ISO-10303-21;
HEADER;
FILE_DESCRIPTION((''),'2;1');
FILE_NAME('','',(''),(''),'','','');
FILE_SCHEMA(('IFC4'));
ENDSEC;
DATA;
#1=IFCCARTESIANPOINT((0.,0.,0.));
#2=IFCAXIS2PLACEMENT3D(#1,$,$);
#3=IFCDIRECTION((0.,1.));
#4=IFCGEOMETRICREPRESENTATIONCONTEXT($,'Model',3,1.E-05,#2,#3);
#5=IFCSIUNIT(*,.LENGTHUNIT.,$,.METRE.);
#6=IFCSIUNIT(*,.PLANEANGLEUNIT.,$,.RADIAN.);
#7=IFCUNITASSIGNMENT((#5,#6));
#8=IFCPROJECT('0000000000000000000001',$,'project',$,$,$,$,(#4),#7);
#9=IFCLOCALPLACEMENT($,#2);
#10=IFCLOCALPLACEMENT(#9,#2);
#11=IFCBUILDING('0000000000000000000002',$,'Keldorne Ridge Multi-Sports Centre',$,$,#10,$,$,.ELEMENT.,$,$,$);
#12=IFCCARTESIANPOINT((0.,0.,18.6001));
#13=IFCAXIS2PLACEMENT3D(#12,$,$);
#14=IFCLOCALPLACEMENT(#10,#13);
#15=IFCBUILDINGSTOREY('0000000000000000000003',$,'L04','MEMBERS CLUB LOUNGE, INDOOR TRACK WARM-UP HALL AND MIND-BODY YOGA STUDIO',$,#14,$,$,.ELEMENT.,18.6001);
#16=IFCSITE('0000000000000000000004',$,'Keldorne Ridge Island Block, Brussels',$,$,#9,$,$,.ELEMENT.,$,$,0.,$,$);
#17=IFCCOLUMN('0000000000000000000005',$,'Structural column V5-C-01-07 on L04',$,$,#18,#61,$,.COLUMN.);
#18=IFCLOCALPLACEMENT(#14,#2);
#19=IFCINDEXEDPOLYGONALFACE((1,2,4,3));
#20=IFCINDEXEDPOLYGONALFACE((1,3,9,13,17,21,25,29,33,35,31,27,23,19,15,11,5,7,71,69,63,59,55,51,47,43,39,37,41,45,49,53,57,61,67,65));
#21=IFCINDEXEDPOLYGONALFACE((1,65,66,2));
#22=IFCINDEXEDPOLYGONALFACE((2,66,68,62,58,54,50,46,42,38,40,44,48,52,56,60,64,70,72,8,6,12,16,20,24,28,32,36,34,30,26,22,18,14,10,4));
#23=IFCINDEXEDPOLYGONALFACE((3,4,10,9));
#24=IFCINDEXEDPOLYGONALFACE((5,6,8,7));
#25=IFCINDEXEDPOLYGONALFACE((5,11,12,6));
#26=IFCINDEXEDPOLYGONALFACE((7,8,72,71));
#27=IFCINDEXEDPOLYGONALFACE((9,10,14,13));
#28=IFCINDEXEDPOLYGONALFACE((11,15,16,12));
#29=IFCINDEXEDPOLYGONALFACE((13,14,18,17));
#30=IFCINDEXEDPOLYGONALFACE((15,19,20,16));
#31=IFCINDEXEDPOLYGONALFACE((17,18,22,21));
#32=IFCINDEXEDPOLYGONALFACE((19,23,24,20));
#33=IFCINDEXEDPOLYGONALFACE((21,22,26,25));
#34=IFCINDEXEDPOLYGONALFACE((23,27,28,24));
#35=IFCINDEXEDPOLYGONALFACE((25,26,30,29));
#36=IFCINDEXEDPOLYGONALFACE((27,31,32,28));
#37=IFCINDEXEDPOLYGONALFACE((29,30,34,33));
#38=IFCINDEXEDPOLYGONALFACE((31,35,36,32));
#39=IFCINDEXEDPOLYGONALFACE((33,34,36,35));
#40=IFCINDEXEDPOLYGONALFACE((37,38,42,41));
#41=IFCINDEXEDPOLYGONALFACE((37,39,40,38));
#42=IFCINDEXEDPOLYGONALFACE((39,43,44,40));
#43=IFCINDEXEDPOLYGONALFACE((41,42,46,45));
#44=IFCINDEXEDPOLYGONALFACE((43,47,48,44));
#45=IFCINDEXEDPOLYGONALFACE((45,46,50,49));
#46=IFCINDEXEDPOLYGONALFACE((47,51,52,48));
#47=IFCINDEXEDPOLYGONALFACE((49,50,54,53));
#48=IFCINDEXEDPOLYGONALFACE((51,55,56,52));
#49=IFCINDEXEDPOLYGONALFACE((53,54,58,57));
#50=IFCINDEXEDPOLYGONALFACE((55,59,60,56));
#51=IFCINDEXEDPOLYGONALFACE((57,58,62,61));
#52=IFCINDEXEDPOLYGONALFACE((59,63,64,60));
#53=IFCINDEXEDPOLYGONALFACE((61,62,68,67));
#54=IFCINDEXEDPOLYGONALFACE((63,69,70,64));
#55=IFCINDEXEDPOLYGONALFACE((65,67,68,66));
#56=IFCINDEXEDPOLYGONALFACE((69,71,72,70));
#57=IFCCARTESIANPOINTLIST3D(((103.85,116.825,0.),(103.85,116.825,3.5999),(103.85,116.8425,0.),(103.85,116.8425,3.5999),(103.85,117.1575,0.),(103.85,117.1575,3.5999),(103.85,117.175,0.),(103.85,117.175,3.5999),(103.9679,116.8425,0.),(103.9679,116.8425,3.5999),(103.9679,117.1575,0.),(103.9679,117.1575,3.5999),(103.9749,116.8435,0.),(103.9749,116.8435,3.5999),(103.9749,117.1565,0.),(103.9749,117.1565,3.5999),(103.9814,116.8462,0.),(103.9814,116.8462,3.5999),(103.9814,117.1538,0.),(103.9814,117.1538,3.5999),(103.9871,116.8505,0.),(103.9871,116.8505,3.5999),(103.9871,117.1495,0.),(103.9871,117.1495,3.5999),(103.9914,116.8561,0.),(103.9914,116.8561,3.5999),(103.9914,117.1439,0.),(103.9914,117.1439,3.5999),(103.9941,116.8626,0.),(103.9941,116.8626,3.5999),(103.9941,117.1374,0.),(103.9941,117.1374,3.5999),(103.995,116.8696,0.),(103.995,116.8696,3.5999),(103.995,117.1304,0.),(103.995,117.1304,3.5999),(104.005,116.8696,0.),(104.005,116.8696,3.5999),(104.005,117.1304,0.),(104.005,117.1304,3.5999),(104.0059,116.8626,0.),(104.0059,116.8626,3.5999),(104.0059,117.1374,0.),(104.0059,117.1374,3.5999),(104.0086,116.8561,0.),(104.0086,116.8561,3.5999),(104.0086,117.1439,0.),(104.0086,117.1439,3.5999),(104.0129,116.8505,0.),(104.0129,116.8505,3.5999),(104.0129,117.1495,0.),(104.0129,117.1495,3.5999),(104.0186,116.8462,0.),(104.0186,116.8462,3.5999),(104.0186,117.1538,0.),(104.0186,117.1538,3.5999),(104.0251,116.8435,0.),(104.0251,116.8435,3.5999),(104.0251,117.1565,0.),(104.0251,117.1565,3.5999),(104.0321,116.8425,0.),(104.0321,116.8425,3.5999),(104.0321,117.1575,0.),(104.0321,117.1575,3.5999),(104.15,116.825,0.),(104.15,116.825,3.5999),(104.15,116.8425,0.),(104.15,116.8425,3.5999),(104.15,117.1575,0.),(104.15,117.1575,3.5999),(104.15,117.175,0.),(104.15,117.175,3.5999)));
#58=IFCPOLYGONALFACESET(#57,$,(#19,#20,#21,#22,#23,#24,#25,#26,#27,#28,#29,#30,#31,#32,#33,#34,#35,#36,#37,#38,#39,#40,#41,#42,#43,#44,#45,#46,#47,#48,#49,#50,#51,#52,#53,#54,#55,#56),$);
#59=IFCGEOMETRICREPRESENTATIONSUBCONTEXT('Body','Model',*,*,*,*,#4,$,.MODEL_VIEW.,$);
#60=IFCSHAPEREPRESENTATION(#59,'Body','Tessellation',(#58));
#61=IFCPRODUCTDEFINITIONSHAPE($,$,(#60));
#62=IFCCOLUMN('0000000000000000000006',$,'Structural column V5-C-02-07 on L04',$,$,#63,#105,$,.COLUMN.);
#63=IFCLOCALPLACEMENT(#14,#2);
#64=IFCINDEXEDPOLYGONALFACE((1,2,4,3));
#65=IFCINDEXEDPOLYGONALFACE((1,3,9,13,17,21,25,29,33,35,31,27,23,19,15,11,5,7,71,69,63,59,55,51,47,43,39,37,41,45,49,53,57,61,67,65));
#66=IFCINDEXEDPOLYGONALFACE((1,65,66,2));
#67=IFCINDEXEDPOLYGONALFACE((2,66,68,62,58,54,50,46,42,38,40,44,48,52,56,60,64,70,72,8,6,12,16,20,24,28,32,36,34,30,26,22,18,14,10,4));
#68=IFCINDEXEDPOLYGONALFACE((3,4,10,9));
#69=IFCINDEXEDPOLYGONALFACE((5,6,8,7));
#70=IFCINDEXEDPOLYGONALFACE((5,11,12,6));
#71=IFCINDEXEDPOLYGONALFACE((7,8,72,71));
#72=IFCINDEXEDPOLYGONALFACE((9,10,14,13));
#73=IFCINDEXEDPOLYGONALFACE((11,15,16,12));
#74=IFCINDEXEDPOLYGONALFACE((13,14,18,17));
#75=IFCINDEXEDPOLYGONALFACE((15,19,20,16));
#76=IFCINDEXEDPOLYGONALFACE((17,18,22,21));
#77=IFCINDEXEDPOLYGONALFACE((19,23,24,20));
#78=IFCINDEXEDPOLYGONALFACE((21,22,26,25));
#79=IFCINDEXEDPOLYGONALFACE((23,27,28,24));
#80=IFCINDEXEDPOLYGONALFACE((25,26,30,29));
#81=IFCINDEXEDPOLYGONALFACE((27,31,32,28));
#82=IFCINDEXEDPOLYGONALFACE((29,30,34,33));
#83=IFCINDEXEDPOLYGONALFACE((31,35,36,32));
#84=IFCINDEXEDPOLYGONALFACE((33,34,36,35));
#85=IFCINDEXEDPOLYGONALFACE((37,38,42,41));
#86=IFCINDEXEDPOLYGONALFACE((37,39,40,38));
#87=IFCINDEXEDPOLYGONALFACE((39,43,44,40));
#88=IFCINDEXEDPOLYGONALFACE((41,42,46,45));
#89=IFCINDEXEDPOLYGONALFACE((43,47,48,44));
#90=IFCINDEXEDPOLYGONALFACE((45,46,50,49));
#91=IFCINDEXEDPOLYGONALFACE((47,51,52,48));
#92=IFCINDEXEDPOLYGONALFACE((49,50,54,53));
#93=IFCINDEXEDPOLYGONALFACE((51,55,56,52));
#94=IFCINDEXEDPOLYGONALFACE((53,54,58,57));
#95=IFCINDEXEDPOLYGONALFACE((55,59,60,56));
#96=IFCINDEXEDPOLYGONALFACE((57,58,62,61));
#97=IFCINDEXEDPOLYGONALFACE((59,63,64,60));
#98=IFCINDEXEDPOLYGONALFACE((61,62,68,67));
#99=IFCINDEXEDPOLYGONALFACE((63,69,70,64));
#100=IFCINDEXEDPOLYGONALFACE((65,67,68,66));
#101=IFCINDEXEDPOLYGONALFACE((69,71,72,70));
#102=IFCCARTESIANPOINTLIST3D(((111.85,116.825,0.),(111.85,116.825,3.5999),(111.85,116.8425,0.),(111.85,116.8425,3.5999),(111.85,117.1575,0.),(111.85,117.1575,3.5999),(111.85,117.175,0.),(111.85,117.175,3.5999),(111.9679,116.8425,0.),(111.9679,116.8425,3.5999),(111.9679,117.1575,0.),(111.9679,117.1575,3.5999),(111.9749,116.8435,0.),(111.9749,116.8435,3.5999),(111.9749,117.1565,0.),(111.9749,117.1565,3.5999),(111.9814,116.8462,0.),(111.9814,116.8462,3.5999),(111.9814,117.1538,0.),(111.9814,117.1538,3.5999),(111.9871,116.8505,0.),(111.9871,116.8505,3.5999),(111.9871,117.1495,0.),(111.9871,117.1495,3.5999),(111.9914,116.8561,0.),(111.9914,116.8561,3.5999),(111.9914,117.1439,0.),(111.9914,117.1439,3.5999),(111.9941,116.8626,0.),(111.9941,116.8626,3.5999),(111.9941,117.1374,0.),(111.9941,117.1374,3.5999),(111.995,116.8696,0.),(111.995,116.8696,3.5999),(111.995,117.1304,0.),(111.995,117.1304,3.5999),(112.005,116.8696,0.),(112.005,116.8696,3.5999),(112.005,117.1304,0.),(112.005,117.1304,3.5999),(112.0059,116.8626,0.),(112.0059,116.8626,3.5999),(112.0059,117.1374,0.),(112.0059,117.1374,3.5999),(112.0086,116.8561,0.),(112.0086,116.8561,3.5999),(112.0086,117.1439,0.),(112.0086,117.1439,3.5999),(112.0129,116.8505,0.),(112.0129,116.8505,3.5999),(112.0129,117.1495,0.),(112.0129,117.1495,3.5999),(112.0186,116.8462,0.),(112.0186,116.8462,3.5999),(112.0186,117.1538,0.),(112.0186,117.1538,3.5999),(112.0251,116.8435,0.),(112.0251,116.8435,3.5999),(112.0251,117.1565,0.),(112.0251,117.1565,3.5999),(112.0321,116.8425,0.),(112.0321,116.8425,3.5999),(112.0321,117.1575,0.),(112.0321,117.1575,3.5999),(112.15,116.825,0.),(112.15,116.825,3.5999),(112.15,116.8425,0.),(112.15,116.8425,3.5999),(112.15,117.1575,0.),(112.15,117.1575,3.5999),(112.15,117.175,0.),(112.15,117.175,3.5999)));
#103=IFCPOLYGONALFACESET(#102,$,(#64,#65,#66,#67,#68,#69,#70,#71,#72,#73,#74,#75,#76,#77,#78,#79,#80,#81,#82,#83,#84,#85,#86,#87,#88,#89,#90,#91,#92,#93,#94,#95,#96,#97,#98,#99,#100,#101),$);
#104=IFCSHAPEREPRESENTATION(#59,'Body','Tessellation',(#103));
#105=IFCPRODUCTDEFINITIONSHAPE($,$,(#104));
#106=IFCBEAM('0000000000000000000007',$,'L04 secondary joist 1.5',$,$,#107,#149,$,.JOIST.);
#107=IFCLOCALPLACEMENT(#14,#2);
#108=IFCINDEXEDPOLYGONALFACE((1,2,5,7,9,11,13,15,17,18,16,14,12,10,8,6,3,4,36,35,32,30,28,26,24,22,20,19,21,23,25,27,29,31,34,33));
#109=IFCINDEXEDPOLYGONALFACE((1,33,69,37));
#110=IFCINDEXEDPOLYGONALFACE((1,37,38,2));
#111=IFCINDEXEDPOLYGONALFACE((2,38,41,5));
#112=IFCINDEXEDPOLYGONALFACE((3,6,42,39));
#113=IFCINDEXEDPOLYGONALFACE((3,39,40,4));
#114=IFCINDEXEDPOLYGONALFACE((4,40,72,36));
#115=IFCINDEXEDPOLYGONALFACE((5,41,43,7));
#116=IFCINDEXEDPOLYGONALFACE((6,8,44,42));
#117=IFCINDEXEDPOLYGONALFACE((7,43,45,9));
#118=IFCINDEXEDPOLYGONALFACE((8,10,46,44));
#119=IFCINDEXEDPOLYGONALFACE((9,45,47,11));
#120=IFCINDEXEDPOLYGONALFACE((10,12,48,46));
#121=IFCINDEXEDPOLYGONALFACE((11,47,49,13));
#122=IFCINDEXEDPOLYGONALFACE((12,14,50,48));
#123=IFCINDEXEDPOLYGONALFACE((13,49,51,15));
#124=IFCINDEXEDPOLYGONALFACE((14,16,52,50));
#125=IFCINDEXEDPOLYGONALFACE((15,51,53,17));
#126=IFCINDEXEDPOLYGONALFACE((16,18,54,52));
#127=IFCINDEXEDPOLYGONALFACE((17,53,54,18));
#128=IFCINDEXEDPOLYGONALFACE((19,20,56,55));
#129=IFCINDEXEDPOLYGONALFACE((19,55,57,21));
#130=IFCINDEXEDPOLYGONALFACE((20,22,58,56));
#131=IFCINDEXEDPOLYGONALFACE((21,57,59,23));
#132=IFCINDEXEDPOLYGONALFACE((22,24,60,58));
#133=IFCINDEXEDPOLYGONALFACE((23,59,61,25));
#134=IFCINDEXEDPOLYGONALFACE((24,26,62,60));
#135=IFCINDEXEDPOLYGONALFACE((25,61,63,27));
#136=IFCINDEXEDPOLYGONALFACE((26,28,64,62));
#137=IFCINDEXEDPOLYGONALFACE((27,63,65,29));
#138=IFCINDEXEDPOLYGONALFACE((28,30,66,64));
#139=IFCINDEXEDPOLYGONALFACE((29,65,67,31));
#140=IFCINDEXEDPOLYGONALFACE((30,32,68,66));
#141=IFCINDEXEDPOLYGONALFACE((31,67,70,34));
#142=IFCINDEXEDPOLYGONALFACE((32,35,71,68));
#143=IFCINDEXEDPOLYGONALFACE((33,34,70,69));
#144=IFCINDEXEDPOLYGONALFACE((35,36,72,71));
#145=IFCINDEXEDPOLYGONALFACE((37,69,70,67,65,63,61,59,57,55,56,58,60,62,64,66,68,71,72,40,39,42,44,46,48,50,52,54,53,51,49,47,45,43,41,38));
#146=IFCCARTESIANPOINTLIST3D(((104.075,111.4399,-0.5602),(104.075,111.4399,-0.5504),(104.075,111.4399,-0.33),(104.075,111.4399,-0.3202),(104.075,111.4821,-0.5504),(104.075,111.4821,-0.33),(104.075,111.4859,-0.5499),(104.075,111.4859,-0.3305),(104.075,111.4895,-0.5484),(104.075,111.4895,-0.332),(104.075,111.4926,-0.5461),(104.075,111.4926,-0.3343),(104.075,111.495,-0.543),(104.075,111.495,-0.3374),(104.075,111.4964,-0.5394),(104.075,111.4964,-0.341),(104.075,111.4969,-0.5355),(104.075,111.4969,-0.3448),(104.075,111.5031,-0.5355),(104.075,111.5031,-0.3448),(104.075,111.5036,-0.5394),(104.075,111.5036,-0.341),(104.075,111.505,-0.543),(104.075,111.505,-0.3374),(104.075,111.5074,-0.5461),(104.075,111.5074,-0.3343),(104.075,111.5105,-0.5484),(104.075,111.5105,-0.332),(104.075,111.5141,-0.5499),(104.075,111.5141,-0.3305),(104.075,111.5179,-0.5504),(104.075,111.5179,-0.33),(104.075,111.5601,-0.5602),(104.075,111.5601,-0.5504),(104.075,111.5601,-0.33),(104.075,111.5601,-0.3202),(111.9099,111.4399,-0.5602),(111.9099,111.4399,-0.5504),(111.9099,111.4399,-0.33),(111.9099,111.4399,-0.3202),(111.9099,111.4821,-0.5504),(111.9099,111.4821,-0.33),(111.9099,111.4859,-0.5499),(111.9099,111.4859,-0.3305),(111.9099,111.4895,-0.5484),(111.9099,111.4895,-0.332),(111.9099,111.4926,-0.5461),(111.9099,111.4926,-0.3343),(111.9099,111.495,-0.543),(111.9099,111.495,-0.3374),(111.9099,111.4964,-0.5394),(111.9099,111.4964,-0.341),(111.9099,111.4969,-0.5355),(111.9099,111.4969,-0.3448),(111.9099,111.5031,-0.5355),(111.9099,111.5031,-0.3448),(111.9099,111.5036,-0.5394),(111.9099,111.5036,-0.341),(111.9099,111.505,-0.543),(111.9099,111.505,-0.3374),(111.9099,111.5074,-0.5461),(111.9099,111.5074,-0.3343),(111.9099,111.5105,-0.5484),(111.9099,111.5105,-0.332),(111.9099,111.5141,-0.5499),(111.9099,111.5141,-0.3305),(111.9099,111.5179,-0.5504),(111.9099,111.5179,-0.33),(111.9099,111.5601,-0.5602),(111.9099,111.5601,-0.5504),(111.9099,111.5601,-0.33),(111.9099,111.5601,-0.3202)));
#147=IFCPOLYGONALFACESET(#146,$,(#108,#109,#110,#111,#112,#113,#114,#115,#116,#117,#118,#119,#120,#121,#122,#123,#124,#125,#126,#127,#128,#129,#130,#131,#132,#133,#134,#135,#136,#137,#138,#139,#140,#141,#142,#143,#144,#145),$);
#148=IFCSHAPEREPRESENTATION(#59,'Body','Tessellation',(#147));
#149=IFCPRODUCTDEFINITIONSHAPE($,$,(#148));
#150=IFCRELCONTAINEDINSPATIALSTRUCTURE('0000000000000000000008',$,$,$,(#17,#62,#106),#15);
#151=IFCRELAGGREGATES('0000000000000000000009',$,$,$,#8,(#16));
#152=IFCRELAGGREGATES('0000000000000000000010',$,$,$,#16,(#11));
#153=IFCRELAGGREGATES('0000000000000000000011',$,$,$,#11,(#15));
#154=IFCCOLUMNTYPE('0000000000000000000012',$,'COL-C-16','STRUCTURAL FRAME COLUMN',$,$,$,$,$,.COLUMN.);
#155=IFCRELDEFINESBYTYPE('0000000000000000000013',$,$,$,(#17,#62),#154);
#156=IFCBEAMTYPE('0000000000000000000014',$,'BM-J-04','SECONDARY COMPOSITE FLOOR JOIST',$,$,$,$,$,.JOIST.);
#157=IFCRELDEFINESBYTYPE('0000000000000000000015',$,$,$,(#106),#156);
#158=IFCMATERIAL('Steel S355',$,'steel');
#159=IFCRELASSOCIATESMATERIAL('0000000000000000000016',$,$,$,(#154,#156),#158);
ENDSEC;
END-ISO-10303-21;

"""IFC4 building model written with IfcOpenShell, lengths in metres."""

from ifc_helpers import new_model, si_unit, direction, frame, origin, origin_2d, place, context, subcontext, project, spatial, i_section, extrude, material, material_profile, profile_set, type_object, element, save


model = new_model("IFC4")

# Units and contexts
model_context = context("Model", 3, precision=1e-05, world=origin(), true_north=direction((0.0, 1.0)))
body_context = subcontext(model_context, "Body", "Model", "MODEL_VIEW")
ifc_project = project(units=[si_unit("LENGTHUNIT", "METRE"), si_unit("PLANEANGLEUNIT", "RADIAN")], contexts=[model_context])

# Site, building, storey
site_placement = place(None, origin())
site = spatial("IfcSite", under=ifc_project, at=site_placement, Name="Keldorne Ridge Island Block, Brussels", CompositionType="ELEMENT", RefElevation=0.0)
building_placement = place(site_placement, origin())
building = spatial("IfcBuilding", under=site, at=building_placement, Name="Keldorne Ridge Multi-Sports Centre", CompositionType="ELEMENT")
storey_placement = place(building_placement, frame((0.0, 0.0, 18.6001)))
storey = spatial("IfcBuildingStorey", under=building, at=storey_placement, Name="L04", Description="MEMBERS CLUB LOUNGE, INDOOR TRACK WARM-UP HALL AND MIND-BODY YOGA STUDIO", CompositionType="ELEMENT", Elevation=18.6001)

# Columns
ifc_material_1 = material(Name="Steel S355", Category="steel")
ifc_material_profile_1 = material_profile(ifc_material_1, i_section(OverallWidth=0.3, OverallDepth=0.3501, WebThickness=0.01, FlangeThickness=0.0176, FilletRadius=0.0271, at=origin_2d()), Name="HEA 360")
ifc_profile_set_1 = profile_set([ifc_material_profile_1], Name="Steel S355")
column_type = type_object("IfcColumnType", Name="COL-C-16", Description="STRUCTURAL FRAME COLUMN", PredefinedType="COLUMN", material=ifc_profile_set_1)
for number, where, z_axis, x_axis, name in (
    (1, (104.0, 117.0, 0.0), (0.0, 0.0, 1.0), (1.0, 0.0, 0.0), "Structural column V5-C-01-07 on L04"),
    (2, (112.0, 117.0, 0.0), (0.0, 0.0, 1.0), (1.0, 0.0, 0.0), "Structural column V5-C-02-07 on L04"),
):
    element("IfcColumn", number, at=place(storey_placement, frame(where, z_axis=z_axis, x_axis=x_axis)), inside=storey, type_object=column_type, Name=name, PredefinedType="COLUMN", context=body_context, shape_type="SweptSolid", body=[
        extrude(i_section(OverallWidth=0.3, OverallDepth=0.3501, WebThickness=0.01, FlangeThickness=0.0176, FilletRadius=0.0271, at=origin_2d()), origin(), (0.0, 0.0, 1.0), 3.5999),
    ])

# Beam
ifc_material_profile_2 = material_profile(ifc_material_1, i_section(OverallWidth=0.1201, OverallDepth=0.24, WebThickness=0.0061, FlangeThickness=0.0098, FilletRadius=0.0149, at=origin_2d()), Name="IPE 240")
ifc_profile_set_2 = profile_set([ifc_material_profile_2], Name="Steel S355")
beam_type_1 = type_object("IfcBeamType", Name="BM-J-04", Description="SECONDARY COMPOSITE FLOOR JOIST", PredefinedType="JOIST", material=ifc_profile_set_2)
beam_1_placement = place(storey_placement, frame((104.075, 111.5, -0.4402), z_axis=(1.0, 0.0, 0.0), x_axis=(0.0, 1.0, 0.0)))
element("IfcBeam", 3, at=beam_1_placement, inside=storey, type_object=beam_type_1, Name="L04 secondary joist 1.5", PredefinedType="JOIST", context=body_context, shape_type="SweptSolid", body=[
    extrude(i_section(OverallWidth=0.1201, OverallDepth=0.24, WebThickness=0.0061, FlangeThickness=0.0098, FilletRadius=0.0149, at=origin_2d()), origin(), (0.0, 0.0, 1.0), 7.835),
])

save(model, "model.ifc")
